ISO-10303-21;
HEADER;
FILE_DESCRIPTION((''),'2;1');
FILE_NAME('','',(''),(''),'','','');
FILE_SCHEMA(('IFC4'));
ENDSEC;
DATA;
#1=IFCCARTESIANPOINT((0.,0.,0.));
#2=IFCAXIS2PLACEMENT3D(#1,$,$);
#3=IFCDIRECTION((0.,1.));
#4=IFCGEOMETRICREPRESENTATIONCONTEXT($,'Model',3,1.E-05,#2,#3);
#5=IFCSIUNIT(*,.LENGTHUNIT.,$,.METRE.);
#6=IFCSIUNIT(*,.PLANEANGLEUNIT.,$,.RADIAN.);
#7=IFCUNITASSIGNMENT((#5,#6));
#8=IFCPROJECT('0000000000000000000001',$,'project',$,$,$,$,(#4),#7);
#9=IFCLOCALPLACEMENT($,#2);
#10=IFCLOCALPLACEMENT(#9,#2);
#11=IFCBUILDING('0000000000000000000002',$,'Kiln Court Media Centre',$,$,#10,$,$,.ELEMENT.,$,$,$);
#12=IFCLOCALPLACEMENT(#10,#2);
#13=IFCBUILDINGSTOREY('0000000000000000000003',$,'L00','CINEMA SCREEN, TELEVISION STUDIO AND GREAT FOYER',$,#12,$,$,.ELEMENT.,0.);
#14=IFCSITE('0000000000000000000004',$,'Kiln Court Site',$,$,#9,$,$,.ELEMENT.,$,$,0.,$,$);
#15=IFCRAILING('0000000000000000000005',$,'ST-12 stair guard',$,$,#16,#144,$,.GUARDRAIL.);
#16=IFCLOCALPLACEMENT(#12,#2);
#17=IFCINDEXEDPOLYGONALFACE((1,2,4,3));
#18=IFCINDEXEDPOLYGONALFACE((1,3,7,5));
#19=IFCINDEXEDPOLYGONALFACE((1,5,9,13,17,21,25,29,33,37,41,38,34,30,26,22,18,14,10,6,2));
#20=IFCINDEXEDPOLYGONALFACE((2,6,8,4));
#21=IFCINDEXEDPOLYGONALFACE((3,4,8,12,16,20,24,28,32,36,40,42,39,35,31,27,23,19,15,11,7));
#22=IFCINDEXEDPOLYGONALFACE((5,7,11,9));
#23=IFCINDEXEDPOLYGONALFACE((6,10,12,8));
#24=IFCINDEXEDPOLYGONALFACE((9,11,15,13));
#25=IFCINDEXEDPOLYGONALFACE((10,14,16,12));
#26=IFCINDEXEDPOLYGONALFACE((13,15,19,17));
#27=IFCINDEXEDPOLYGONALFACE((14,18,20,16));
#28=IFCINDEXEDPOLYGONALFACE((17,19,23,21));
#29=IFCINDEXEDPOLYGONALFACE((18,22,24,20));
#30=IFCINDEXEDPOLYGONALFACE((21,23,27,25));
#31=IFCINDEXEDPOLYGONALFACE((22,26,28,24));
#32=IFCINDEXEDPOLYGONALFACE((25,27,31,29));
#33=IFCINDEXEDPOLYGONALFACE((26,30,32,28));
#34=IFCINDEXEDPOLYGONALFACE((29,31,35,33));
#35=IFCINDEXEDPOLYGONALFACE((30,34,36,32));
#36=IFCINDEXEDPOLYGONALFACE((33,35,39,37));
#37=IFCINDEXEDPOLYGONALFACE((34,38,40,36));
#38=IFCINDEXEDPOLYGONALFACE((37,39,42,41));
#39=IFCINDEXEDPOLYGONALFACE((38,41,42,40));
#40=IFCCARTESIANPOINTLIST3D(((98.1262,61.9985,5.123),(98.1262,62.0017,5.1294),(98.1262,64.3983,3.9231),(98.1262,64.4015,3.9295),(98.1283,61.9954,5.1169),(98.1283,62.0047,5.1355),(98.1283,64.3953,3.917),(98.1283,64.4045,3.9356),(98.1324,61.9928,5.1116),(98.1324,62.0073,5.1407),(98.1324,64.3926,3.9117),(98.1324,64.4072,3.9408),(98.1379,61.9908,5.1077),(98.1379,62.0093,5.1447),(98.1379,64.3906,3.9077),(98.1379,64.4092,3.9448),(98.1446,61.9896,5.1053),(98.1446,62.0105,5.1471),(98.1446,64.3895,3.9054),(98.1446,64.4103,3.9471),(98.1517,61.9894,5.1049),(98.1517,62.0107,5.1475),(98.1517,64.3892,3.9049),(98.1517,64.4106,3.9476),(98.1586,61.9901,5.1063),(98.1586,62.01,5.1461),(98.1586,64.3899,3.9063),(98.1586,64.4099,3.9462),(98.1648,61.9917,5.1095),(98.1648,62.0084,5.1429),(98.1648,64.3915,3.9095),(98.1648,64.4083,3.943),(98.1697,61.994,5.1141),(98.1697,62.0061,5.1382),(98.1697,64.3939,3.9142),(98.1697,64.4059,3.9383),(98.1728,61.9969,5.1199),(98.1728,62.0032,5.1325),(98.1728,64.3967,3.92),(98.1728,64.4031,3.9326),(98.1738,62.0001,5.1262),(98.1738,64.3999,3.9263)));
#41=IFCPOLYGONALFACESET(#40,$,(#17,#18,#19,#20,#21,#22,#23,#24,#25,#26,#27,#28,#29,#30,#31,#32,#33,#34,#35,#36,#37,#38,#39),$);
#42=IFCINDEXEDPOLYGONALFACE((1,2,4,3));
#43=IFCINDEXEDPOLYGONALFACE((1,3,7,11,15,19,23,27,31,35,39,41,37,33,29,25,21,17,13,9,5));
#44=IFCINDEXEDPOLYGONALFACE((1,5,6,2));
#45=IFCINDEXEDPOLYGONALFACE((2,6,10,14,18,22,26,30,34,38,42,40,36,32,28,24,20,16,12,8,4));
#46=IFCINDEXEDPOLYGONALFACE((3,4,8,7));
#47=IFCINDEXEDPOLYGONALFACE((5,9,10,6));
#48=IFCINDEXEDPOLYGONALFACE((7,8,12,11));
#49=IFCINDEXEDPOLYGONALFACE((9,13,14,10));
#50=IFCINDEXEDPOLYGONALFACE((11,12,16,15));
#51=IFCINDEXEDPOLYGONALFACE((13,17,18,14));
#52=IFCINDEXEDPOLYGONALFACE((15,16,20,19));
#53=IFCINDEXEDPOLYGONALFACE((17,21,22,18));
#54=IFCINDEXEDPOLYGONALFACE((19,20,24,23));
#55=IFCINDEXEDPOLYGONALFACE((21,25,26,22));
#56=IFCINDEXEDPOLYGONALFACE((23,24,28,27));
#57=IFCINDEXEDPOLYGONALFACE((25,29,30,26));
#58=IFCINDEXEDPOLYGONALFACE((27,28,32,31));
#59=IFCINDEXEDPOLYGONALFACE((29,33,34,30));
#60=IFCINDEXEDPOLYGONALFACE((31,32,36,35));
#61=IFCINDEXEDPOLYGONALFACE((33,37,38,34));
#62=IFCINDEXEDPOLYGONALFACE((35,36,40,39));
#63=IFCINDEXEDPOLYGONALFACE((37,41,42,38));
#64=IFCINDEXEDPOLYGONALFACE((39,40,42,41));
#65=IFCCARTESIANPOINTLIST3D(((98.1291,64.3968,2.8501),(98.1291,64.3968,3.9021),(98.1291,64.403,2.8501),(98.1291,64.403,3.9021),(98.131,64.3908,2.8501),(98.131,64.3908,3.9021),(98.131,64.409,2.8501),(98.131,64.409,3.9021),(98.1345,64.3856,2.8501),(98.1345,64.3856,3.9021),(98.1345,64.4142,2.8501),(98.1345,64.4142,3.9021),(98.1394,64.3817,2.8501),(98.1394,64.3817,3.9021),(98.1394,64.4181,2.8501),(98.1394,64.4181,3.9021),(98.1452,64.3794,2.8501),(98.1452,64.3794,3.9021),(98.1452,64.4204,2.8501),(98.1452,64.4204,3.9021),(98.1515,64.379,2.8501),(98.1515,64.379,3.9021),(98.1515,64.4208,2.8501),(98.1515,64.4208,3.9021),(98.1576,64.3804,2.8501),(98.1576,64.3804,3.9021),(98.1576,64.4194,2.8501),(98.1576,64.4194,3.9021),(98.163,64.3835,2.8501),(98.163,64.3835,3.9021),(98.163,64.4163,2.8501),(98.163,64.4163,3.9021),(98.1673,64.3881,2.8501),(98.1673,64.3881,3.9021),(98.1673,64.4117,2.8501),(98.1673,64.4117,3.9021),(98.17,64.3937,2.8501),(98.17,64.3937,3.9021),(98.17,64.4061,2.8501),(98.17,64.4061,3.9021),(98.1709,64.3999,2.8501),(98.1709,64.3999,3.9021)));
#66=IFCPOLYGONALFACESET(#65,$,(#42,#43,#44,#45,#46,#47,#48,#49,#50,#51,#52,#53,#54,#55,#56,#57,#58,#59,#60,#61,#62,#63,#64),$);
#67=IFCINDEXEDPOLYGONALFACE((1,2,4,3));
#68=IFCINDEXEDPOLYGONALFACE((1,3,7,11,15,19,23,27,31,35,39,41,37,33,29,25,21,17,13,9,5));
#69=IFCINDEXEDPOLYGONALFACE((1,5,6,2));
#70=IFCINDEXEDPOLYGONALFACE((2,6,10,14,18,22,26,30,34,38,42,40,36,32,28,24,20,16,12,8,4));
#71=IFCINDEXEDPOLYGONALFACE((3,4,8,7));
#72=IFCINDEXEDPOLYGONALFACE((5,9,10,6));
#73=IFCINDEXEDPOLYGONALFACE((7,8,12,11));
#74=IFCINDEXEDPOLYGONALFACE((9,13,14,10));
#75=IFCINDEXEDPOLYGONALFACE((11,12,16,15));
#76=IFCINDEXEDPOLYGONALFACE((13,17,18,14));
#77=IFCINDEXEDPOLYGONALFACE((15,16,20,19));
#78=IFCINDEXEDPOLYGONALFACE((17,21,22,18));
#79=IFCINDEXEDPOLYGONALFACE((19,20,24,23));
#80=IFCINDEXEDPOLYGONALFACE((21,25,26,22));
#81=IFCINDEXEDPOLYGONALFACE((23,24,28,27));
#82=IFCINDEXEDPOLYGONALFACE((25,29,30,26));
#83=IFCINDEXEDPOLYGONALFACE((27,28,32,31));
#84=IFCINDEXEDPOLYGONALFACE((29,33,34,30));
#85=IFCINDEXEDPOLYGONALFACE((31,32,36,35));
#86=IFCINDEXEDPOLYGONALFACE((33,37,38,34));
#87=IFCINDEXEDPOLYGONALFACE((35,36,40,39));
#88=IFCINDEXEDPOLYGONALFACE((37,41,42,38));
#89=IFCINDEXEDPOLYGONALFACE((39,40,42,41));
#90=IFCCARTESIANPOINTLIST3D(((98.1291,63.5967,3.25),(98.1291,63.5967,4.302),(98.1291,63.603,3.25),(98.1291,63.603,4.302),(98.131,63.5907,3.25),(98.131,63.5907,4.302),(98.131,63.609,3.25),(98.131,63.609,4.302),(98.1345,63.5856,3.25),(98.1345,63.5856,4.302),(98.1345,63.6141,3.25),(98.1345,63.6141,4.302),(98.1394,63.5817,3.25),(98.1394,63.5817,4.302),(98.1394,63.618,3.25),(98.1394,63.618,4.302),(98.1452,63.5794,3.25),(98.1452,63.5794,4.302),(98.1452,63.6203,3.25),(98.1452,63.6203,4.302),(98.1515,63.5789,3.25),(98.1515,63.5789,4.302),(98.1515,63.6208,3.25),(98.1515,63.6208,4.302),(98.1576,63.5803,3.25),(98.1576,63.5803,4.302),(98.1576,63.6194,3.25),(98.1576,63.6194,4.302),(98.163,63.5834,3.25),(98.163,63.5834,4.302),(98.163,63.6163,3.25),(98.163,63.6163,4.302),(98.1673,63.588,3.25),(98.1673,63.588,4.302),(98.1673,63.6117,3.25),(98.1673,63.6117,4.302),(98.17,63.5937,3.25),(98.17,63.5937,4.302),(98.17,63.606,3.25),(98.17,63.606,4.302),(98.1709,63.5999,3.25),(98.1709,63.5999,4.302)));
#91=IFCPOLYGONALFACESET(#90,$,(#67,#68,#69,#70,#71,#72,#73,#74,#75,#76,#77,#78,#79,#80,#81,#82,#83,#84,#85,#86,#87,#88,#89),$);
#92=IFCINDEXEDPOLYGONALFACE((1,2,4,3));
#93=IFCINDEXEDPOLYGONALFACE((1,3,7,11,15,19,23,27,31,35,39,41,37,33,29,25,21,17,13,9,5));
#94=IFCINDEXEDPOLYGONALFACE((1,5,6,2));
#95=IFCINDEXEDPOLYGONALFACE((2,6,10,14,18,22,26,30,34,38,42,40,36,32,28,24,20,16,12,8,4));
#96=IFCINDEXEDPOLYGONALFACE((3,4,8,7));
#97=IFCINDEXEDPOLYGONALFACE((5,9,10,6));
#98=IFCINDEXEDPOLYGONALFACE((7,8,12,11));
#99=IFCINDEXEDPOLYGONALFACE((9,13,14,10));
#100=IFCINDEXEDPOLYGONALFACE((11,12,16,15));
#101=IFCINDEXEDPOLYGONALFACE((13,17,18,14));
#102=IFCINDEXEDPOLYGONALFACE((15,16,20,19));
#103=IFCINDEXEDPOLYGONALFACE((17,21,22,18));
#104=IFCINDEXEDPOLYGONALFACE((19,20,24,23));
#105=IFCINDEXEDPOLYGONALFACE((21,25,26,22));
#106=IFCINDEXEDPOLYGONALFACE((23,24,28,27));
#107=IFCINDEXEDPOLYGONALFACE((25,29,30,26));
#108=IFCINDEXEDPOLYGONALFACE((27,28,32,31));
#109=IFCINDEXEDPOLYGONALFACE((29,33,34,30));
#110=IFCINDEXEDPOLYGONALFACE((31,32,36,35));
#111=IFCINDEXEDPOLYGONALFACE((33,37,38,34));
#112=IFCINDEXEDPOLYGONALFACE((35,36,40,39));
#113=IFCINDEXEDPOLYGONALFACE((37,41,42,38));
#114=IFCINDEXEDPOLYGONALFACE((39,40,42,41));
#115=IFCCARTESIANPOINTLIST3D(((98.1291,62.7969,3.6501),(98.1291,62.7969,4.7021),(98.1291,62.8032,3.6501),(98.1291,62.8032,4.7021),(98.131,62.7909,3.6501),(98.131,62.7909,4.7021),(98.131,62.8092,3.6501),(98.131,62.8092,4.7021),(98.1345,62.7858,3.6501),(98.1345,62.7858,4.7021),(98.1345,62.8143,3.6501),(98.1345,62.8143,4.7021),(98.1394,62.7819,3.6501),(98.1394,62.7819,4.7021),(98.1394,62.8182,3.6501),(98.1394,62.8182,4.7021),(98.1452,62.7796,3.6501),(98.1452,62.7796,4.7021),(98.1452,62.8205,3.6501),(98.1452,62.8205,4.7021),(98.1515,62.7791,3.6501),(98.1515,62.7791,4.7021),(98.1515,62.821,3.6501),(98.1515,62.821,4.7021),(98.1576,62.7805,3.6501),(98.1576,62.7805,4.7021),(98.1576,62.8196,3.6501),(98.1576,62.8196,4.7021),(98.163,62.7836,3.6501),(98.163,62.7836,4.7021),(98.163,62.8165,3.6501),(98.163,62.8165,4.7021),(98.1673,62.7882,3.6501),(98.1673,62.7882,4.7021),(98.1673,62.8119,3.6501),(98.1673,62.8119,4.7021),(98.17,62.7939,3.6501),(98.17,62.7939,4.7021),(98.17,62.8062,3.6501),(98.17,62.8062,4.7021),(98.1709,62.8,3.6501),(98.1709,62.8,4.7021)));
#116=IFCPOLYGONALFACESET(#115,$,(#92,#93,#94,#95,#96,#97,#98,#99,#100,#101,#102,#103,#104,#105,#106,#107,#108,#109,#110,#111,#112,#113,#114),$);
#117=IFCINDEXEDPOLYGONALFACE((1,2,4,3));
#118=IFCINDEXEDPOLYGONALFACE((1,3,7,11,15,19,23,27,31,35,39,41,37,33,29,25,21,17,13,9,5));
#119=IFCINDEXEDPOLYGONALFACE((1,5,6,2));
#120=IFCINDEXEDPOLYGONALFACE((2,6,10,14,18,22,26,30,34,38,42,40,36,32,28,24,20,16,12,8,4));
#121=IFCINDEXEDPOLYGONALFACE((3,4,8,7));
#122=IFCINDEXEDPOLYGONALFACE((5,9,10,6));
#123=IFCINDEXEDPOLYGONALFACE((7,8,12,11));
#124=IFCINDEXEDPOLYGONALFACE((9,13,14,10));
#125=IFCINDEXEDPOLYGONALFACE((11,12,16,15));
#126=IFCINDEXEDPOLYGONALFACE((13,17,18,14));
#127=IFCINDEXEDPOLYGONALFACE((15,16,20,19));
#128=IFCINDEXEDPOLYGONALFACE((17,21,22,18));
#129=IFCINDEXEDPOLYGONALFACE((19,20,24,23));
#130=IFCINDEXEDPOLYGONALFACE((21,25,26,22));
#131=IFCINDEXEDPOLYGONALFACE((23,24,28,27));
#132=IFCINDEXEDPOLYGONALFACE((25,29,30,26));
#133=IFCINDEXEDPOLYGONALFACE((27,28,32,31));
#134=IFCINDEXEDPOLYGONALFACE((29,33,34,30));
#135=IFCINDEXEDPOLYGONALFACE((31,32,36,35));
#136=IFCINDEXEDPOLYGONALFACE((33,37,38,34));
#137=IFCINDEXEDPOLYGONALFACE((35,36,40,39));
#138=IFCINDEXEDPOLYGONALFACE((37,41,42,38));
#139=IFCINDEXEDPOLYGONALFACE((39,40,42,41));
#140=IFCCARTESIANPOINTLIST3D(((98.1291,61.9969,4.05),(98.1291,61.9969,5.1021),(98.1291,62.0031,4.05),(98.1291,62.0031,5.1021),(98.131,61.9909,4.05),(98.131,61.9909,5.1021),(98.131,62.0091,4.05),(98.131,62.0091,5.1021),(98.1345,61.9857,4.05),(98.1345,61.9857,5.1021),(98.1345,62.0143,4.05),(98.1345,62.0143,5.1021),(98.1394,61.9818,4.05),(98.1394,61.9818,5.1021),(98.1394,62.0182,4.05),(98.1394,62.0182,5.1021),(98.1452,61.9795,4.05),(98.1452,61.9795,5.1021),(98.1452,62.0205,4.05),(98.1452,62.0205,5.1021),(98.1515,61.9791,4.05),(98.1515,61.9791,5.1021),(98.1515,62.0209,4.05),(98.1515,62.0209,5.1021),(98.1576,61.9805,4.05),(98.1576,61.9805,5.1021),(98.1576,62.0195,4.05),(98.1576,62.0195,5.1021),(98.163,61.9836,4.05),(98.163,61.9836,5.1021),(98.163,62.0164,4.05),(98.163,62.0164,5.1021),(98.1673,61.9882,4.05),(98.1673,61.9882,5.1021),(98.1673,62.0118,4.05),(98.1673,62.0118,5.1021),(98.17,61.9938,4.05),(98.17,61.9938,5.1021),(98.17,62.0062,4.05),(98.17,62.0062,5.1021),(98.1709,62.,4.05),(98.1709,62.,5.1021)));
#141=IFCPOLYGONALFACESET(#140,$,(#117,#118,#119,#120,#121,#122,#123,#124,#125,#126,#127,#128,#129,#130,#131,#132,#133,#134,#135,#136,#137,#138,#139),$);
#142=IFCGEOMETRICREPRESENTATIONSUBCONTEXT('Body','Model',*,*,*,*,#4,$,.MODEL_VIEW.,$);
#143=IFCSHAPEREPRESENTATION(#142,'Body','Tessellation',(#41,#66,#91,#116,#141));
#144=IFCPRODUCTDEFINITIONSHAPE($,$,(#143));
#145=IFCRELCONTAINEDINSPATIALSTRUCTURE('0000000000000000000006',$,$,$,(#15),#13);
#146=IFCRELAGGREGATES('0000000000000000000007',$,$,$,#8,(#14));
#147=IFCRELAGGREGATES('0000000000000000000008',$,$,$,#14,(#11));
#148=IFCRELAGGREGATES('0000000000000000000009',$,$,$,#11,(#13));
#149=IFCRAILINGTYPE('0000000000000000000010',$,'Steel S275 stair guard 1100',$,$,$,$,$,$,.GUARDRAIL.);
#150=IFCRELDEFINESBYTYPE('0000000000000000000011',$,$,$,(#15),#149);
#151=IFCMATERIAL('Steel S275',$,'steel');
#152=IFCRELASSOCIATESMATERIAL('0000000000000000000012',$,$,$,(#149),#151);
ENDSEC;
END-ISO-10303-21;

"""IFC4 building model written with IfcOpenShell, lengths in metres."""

from ifc_helpers import new_model, si_unit, direction, frame, origin, origin_2d, place, context, subcontext, project, spatial, circle, extrude, material, type_object, element, save


model = new_model("IFC4")

# Units and contexts
model_context = context("Model", 3, precision=1e-05, world=origin(), true_north=direction((0.0, 1.0)))
body_context = subcontext(model_context, "Body", "Model", "MODEL_VIEW")
ifc_project = project(units=[si_unit("LENGTHUNIT", "METRE"), si_unit("PLANEANGLEUNIT", "RADIAN")], contexts=[model_context])

# Site, building, storey
site_placement = place(None, origin())
site = spatial("IfcSite", under=ifc_project, at=site_placement, Name="Kiln Court Site", CompositionType="ELEMENT", RefElevation=0.0)
building_placement = place(site_placement, origin())
building = spatial("IfcBuilding", under=site, at=building_placement, Name="Kiln Court Media Centre", CompositionType="ELEMENT")
storey_placement = place(building_placement, origin())
storey = spatial("IfcBuildingStorey", under=building, at=storey_placement, Name="L00", Description="CINEMA SCREEN, TELEVISION STUDIO AND GREAT FOYER", CompositionType="ELEMENT", Elevation=0.0)

# Railing
ifc_material_1 = material(Name="Steel S275", Category="steel")
railing_type_1 = type_object("IfcRailingType", Name="Steel S275 stair guard 1100", PredefinedType="GUARDRAIL", material=ifc_material_1)
railing_1_placement = place(storey_placement, frame((98.1499, 64.3999, 2.8501)))
element("IfcRailing", 1, at=railing_1_placement, inside=storey, type_object=railing_type_1, Name="ST-12 stair guard", PredefinedType="GUARDRAIL", context=body_context, shape_type="SweptSolid", body=[
    extrude(circle(Radius=0.0239, at=origin_2d()), frame((0.0, 0.0, 1.0762), z_axis=(0.0, -0.894427, 0.447214), x_axis=(1.0, 0.0, 0.0)), (0.0, 0.0, 1.0), 2.6831),
    extrude(circle(Radius=0.021, at=origin_2d()), origin(), (0.0, 0.0, 1.0), 1.052),
    extrude(circle(Radius=0.021, at=origin_2d()), frame((0.0, -0.8, 0.3999)), (0.0, 0.0, 1.0), 1.052),
    extrude(circle(Radius=0.021, at=origin_2d()), frame((0.0, -1.5999, 0.8)), (0.0, 0.0, 1.0), 1.052),
    extrude(circle(Radius=0.021, at=origin_2d()), frame((0.0, -2.3999, 1.2)), (0.0, 0.0, 1.0), 1.052),
])

save(model, "model.ifc")
